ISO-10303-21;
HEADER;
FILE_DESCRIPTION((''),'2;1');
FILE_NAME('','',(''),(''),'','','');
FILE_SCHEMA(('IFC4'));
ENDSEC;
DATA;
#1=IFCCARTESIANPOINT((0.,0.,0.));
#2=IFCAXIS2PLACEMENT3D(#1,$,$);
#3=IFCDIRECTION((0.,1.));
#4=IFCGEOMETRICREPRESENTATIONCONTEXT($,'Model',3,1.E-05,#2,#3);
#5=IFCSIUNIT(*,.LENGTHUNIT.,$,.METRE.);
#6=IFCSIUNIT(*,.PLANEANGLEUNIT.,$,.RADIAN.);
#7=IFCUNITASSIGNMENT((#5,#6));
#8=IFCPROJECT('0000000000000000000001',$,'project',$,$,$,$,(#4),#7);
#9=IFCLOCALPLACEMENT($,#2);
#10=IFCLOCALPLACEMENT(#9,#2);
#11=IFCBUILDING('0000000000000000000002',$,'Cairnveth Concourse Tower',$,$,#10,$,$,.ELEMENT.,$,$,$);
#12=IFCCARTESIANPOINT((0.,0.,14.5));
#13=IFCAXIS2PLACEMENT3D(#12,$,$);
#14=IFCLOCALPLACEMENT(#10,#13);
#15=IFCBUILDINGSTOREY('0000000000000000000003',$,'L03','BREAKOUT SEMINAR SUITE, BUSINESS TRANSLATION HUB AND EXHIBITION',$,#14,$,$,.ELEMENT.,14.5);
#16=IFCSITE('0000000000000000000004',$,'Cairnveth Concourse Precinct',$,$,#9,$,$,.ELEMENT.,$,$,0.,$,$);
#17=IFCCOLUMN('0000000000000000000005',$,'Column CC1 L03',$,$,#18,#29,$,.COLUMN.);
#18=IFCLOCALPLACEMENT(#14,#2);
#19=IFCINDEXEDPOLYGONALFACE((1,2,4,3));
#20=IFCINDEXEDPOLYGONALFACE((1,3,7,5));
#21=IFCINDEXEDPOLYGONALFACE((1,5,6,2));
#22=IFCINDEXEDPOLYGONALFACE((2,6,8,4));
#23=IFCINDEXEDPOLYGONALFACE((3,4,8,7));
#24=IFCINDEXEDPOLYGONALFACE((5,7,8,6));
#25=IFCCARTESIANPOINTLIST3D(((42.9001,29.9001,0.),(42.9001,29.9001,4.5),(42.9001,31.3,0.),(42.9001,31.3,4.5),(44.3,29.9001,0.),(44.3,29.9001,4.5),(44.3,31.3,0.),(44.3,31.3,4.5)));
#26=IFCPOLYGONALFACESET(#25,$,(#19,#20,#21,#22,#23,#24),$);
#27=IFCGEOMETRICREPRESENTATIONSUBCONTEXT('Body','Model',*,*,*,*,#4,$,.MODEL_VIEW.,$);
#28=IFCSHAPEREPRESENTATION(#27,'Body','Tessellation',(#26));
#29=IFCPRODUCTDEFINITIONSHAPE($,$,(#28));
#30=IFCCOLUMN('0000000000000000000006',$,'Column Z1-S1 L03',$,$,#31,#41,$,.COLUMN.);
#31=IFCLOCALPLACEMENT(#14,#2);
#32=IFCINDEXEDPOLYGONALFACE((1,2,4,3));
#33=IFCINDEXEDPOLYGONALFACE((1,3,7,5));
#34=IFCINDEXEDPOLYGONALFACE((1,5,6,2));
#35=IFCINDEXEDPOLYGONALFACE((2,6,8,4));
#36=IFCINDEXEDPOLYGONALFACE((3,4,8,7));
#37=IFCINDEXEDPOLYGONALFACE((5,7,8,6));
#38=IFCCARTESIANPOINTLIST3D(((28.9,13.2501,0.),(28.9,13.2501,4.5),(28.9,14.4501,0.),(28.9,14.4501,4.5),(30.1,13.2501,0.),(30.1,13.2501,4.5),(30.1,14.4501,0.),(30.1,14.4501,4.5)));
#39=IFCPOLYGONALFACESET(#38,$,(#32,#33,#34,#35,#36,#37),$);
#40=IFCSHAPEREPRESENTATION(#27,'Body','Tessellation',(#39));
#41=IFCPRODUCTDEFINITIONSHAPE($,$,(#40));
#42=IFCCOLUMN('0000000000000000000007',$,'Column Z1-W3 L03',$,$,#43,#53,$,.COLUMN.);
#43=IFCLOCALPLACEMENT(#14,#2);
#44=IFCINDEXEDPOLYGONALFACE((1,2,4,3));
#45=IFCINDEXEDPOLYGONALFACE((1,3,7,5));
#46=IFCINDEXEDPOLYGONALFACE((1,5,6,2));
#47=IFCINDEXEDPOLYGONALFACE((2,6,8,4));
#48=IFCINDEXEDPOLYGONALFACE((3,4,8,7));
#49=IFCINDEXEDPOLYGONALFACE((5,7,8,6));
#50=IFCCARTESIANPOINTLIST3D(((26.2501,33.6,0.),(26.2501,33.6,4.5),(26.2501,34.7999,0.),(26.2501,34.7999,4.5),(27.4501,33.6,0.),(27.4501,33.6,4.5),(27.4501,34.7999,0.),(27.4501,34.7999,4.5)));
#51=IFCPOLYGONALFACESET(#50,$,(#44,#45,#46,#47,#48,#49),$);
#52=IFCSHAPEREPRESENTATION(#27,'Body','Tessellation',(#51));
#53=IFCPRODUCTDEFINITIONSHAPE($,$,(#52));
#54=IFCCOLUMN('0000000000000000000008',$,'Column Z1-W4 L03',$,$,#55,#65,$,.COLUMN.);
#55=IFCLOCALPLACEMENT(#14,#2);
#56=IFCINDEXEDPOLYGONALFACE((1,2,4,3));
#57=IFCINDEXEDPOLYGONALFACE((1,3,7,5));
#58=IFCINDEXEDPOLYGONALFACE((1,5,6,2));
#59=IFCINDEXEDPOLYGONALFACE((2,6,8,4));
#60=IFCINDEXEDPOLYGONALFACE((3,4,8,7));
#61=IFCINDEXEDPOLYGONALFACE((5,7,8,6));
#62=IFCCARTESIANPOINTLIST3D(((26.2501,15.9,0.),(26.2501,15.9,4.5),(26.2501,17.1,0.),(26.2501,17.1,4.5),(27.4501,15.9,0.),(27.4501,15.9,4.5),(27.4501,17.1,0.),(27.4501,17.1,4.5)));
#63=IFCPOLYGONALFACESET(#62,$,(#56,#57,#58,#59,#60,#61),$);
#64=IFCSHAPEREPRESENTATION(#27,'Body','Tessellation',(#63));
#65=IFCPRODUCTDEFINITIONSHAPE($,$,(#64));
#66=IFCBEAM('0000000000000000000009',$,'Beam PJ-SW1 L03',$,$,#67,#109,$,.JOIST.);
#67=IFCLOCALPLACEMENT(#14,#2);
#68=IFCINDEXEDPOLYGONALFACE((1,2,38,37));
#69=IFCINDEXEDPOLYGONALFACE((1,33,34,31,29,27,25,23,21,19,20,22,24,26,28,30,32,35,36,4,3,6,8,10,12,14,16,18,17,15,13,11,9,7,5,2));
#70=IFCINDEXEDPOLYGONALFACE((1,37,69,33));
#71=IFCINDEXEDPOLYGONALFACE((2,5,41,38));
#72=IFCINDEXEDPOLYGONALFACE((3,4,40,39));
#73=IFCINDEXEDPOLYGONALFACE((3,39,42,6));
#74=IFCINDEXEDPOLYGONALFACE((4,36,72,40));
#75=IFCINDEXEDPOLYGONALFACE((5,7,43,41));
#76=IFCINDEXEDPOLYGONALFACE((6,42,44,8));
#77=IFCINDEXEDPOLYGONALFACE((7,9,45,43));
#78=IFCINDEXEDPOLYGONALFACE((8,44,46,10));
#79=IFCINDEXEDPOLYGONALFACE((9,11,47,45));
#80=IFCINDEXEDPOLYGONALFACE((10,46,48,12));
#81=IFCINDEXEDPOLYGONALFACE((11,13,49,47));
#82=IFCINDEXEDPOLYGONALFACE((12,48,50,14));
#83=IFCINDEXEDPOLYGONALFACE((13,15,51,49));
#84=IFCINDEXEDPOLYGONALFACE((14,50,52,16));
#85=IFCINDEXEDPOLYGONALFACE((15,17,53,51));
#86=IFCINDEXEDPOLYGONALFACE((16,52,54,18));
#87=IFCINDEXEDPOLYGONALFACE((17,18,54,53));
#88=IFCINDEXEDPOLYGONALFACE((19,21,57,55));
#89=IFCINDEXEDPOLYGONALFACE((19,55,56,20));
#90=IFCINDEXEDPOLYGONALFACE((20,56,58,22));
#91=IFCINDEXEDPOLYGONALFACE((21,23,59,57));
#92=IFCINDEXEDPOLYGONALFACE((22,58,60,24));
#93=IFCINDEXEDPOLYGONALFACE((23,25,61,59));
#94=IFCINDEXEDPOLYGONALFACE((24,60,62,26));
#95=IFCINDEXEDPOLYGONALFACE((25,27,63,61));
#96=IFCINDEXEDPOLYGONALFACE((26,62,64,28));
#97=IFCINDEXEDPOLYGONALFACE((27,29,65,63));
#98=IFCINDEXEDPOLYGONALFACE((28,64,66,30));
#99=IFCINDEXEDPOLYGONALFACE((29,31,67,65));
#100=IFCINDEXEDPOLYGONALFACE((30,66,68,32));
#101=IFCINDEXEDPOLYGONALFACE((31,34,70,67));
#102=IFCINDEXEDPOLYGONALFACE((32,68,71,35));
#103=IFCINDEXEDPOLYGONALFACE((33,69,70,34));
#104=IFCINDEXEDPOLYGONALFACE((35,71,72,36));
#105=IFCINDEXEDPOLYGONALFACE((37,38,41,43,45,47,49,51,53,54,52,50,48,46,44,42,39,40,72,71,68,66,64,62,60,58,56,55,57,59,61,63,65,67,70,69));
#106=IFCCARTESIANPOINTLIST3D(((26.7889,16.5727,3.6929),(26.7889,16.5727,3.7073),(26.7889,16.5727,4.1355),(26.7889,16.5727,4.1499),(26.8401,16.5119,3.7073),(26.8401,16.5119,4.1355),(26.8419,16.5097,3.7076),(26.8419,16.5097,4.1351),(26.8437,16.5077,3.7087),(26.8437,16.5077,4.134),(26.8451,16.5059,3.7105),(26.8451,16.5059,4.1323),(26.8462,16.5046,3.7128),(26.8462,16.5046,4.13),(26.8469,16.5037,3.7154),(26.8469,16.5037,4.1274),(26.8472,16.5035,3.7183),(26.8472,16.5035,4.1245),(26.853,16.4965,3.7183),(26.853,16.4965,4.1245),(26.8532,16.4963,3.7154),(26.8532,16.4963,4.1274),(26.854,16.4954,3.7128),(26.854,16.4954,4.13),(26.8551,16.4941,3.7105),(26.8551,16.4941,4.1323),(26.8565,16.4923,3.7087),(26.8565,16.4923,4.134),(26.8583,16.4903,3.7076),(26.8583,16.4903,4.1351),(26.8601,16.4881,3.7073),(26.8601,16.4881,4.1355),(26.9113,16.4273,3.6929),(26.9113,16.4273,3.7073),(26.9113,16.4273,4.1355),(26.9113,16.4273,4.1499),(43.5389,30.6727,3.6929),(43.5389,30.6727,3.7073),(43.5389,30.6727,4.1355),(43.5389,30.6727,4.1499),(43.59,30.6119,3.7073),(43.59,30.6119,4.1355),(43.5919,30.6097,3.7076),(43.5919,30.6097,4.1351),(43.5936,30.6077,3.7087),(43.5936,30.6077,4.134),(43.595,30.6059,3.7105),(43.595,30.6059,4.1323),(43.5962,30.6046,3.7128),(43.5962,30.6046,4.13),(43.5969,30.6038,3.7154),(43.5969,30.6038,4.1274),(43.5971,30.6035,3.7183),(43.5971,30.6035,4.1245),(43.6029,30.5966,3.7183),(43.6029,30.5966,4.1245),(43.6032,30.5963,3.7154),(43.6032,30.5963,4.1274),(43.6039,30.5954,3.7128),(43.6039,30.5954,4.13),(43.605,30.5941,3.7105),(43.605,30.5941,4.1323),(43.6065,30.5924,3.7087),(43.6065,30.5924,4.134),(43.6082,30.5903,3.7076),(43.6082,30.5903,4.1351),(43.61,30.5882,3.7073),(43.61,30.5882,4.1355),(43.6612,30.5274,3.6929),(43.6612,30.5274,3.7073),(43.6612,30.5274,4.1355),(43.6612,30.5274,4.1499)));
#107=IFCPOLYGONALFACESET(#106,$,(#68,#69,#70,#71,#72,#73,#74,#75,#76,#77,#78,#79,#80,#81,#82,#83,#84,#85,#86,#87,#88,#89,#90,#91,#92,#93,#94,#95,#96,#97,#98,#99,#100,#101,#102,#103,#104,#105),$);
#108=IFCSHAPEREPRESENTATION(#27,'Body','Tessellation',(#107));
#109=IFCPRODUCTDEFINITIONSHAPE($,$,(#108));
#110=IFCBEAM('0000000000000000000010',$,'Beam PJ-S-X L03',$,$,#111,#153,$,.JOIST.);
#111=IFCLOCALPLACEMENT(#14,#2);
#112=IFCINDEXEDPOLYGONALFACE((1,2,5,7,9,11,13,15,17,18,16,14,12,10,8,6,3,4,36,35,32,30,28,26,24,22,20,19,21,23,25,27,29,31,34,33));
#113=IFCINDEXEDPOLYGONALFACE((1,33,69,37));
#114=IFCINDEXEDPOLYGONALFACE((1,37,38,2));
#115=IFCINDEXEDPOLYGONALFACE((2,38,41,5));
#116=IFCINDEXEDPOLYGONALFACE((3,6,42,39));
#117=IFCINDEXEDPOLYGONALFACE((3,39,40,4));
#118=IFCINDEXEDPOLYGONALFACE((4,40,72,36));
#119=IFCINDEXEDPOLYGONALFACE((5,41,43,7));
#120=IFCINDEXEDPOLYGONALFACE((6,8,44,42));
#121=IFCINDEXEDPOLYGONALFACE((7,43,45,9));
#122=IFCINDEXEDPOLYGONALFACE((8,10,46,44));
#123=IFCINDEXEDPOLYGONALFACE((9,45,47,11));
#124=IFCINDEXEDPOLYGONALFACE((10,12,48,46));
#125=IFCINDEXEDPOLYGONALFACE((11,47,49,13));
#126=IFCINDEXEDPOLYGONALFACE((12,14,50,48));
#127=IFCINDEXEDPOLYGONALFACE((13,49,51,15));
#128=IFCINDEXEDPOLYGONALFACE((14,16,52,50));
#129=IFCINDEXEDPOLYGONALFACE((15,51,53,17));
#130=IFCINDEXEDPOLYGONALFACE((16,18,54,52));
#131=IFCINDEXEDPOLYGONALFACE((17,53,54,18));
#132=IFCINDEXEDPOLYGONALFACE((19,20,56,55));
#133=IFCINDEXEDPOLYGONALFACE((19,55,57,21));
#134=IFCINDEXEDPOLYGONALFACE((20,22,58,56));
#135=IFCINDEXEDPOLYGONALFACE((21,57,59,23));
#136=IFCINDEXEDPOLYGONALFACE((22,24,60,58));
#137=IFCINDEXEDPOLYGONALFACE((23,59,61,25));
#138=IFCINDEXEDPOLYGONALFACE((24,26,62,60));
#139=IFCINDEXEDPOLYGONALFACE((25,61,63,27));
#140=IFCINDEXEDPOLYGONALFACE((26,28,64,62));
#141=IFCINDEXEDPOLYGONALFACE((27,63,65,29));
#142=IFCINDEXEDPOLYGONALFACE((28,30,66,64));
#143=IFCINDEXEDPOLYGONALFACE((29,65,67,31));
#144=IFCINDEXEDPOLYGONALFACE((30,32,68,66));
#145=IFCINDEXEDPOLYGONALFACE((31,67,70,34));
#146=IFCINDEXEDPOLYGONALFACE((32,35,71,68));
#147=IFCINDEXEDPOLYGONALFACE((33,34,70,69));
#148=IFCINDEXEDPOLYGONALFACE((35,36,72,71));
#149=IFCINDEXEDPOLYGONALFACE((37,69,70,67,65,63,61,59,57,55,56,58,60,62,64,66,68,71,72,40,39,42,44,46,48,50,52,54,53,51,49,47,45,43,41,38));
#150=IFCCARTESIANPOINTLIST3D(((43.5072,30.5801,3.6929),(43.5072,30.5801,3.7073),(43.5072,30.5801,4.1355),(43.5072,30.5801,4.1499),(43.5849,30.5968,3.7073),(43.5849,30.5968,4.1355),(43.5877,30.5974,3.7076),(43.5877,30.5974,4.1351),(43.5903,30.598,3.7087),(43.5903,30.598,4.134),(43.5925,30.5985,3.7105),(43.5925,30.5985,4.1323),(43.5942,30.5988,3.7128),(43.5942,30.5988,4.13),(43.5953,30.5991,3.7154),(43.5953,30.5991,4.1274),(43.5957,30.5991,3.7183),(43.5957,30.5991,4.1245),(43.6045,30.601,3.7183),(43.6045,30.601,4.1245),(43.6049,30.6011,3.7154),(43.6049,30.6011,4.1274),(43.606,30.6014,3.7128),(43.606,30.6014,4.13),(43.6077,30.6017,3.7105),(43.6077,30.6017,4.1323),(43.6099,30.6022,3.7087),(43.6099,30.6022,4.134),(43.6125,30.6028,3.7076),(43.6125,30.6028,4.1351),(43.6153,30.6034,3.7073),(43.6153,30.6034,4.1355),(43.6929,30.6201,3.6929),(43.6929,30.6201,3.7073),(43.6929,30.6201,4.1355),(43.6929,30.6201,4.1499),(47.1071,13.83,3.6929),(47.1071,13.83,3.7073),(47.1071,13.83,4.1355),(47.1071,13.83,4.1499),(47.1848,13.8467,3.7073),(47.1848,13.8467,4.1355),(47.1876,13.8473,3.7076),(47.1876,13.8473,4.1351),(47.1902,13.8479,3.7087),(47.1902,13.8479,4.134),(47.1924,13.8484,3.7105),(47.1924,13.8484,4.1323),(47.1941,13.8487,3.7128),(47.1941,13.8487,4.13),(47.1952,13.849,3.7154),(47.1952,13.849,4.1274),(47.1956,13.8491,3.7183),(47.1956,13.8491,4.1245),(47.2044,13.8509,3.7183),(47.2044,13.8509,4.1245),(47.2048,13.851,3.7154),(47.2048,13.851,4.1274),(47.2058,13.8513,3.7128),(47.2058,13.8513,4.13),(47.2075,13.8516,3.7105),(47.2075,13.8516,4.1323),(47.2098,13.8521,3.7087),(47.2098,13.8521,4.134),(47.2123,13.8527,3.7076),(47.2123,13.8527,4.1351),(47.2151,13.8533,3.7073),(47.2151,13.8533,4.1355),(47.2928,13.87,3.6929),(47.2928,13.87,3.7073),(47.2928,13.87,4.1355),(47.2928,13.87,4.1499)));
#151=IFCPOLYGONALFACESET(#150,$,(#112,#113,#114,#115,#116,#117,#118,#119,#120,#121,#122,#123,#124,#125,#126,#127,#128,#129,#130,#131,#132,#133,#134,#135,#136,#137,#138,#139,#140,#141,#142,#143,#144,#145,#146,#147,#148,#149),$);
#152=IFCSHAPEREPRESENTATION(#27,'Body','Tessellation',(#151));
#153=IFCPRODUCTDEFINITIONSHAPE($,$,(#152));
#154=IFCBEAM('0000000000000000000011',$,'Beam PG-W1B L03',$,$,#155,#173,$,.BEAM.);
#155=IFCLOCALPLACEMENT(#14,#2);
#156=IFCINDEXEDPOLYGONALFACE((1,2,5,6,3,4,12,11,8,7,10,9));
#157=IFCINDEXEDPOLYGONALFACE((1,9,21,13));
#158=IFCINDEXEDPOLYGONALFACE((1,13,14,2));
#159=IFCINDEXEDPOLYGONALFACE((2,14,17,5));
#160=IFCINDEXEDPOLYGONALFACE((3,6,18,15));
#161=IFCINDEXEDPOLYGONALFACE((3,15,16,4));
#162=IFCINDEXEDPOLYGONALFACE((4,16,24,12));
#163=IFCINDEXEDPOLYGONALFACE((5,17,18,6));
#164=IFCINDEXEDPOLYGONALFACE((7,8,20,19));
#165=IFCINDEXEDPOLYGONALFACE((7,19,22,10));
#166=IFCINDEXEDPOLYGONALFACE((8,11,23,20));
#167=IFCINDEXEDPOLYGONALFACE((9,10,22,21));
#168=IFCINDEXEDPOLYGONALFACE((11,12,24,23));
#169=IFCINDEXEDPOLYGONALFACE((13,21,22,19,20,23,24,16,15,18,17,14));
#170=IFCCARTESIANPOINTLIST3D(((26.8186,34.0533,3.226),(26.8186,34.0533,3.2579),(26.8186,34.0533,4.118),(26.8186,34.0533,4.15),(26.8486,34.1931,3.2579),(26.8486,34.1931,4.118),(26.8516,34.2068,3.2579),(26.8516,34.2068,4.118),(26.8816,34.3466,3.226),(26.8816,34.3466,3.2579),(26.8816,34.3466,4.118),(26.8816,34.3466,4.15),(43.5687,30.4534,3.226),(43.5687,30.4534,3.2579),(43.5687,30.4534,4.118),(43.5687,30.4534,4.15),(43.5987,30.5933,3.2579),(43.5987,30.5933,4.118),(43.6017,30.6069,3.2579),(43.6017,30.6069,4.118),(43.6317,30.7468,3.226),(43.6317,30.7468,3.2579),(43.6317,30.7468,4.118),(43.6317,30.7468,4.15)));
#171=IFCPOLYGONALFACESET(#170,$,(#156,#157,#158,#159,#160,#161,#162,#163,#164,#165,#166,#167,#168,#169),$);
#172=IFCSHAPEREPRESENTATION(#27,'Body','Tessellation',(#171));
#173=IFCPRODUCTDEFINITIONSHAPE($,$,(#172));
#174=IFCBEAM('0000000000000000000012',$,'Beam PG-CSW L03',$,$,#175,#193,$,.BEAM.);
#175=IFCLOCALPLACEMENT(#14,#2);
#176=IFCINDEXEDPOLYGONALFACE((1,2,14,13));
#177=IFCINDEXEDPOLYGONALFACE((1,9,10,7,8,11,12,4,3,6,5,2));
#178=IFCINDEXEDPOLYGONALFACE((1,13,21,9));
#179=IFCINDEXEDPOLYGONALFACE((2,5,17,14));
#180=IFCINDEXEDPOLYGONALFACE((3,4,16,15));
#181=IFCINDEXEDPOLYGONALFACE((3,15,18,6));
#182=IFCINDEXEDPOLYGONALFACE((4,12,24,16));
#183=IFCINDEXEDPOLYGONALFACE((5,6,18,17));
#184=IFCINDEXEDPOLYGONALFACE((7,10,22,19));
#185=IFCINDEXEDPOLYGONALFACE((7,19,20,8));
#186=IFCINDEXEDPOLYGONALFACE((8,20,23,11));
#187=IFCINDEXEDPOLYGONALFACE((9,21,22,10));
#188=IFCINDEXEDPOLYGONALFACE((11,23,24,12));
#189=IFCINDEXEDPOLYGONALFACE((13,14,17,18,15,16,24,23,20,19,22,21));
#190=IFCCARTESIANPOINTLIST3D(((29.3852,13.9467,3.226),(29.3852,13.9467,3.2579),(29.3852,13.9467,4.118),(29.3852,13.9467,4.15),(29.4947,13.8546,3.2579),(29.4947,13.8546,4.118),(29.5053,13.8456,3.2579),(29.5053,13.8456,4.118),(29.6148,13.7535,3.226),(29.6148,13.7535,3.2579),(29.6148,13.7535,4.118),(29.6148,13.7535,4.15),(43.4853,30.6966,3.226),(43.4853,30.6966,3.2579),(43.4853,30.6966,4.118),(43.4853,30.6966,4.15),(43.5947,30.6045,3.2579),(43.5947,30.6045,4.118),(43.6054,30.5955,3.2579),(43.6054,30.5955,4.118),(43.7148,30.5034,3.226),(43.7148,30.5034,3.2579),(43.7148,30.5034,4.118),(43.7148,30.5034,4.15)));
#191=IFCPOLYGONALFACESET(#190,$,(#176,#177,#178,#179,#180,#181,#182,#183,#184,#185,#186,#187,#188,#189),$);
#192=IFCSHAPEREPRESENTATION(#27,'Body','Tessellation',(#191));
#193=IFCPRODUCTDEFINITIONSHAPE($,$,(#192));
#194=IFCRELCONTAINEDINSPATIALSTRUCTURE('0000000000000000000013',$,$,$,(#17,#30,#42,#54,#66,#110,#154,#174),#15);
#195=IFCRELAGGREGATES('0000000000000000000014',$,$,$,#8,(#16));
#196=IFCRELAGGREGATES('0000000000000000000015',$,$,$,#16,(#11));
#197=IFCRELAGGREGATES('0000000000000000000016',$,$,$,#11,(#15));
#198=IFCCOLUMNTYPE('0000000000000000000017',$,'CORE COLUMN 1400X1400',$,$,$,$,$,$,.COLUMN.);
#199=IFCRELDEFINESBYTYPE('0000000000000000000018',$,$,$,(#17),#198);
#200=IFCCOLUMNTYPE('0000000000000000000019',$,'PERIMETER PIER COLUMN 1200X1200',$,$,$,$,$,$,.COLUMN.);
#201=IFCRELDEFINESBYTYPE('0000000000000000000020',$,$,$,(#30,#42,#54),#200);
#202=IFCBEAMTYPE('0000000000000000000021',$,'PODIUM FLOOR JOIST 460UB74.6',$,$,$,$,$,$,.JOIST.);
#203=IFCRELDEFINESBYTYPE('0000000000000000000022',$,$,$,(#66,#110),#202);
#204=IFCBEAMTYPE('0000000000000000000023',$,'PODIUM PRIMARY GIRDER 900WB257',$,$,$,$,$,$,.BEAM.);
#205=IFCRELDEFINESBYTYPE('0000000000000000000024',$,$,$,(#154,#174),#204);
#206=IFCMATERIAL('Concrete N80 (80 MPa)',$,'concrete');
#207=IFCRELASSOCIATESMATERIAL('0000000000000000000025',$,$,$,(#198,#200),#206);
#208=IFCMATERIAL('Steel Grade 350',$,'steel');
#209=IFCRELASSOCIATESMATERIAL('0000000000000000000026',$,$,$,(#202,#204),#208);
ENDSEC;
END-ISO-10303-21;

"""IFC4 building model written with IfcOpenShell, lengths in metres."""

from ifc_helpers import new_model, si_unit, direction, frame, origin, origin_2d, place, context, subcontext, project, spatial, rectangle, i_section, extrude, material, material_profile, profile_set, type_object, element, save


model = new_model("IFC4")

# Units and contexts
model_context = context("Model", 3, precision=1e-05, world=origin(), true_north=direction((0.0, 1.0)))
body_context = subcontext(model_context, "Body", "Model", "MODEL_VIEW")
ifc_project = project(units=[si_unit("LENGTHUNIT", "METRE"), si_unit("PLANEANGLEUNIT", "RADIAN")], contexts=[model_context])

# Site, building, storey
site_placement = place(None, origin())
site = spatial("IfcSite", under=ifc_project, at=site_placement, Name="Cairnveth Concourse Precinct", CompositionType="ELEMENT", RefElevation=0.0)
building_placement = place(site_placement, origin())
building = spatial("IfcBuilding", under=site, at=building_placement, Name="Cairnveth Concourse Tower", CompositionType="ELEMENT")
storey_placement = place(building_placement, frame((0.0, 0.0, 14.5)))
storey = spatial("IfcBuildingStorey", under=building, at=storey_placement, Name="L03", Description="BREAKOUT SEMINAR SUITE, BUSINESS TRANSLATION HUB AND EXHIBITION", CompositionType="ELEMENT", Elevation=14.5)

# Columns
ifc_material_1 = material(Name="Concrete N80 (80 MPa)", Category="concrete")
ifc_material_profile_1 = material_profile(ifc_material_1, rectangle(XDim=1.3999, YDim=1.3999, at=origin_2d()), Name="RC-COL-1400x1400")
ifc_profile_set_1 = profile_set([ifc_material_profile_1], Name="Concrete N80 (80 MPa)")
column_type_1 = type_object("IfcColumnType", Name="CORE COLUMN 1400X1400", PredefinedType="COLUMN", material=ifc_profile_set_1)
column_placement = place(storey_placement, frame((43.6001, 30.6001, 0.0), z_axis=(0.0, 0.0, 1.0), x_axis=(1.0, 0.0, 0.0)))
element("IfcColumn", 1, at=column_placement, inside=storey, type_object=column_type_1, Name="Column CC1 L03", PredefinedType="COLUMN", context=body_context, shape_type="SweptSolid", body=[
    extrude(rectangle(XDim=1.3999, YDim=1.3999, at=origin_2d()), origin(), (0.0, 0.0, 1.0), 4.5),
])
ifc_material_profile_2 = material_profile(ifc_material_1, rectangle(XDim=1.2, YDim=1.2, at=origin_2d()), Name="RC-COL-1200x1200")
ifc_profile_set_2 = profile_set([ifc_material_profile_2], Name="Concrete N80 (80 MPa)")
column_type_2 = type_object("IfcColumnType", Name="PERIMETER PIER COLUMN 1200X1200", PredefinedType="COLUMN", material=ifc_profile_set_2)
for number, where, z_axis, x_axis, name in (
    (2, (29.5, 13.8501, 0.0), (0.0, 0.0, 1.0), (1.0, 0.0, 0.0), "Column Z1-S1 L03"),
    (3, (26.8501, 34.2, 0.0), (0.0, 0.0, 1.0), (1.0, 0.0, 0.0), "Column Z1-W3 L03"),
    (4, (26.8501, 16.5, 0.0), (0.0, 0.0, 1.0), (1.0, 0.0, 0.0), "Column Z1-W4 L03"),
):
    element("IfcColumn", number, at=place(storey_placement, frame(where, z_axis=z_axis, x_axis=x_axis)), inside=storey, type_object=column_type_2, Name=name, PredefinedType="COLUMN", context=body_context, shape_type="SweptSolid", body=[
        extrude(rectangle(XDim=1.2, YDim=1.2, at=origin_2d()), origin(), (0.0, 0.0, 1.0), 4.5),
    ])

# Beams
ifc_material_2 = material(Name="Steel Grade 350", Category="steel")
ifc_material_profile_3 = material_profile(ifc_material_2, i_section(OverallWidth=0.1899, OverallDepth=0.457, WebThickness=0.009, FlangeThickness=0.0144, FilletRadius=0.011, at=origin_2d()), Name="460UB74.6")
ifc_profile_set_3 = profile_set([ifc_material_profile_3], Name="Steel Grade 350")
beam_type_1 = type_object("IfcBeamType", Name="PODIUM FLOOR JOIST 460UB74.6", PredefinedType="JOIST", material=ifc_profile_set_3)
beam_1_placement = place(storey_placement, frame((26.8501, 16.5, 3.9214), z_axis=(0.765027, 0.643998, 0.0), x_axis=(-0.643998, 0.765027, 0.0)))
element("IfcBeam", 5, at=beam_1_placement, inside=storey, type_object=beam_type_1, Name="Beam PJ-SW1 L03", PredefinedType="JOIST", context=body_context, shape_type="SweptSolid", body=[
    extrude(i_section(OverallWidth=0.1899, OverallDepth=0.457, WebThickness=0.009, FlangeThickness=0.0144, FilletRadius=0.011, at=origin_2d()), origin(), (0.0, 0.0, 1.0), 21.8945),
])
beam_2_placement = place(storey_placement, frame((43.6001, 30.6001, 3.9214), z_axis=(0.210119, -0.977676, 0.0), x_axis=(0.977676, 0.210119, 0.0)))
element("IfcBeam", 6, at=beam_2_placement, inside=storey, type_object=beam_type_1, Name="Beam PJ-S-X L03", PredefinedType="JOIST", context=body_context, shape_type="SweptSolid", body=[
    extrude(i_section(OverallWidth=0.1899, OverallDepth=0.457, WebThickness=0.009, FlangeThickness=0.0144, FilletRadius=0.011, at=origin_2d()), origin(), (0.0, 0.0, 1.0), 17.1326),
])
ifc_material_profile_4 = material_profile(ifc_material_2, i_section(OverallWidth=0.3, OverallDepth=0.9241, WebThickness=0.0139, FlangeThickness=0.032, at=origin_2d()), Name="900WB257")
ifc_profile_set_4 = profile_set([ifc_material_profile_4], Name="Steel Grade 350")
beam_type_2 = type_object("IfcBeamType", Name="PODIUM PRIMARY GIRDER 900WB257", PredefinedType="BEAM", material=ifc_profile_set_4)
beam_3_placement = place(storey_placement, frame((26.8501, 34.2, 3.688), z_axis=(0.977676, -0.210119, 0.0), x_axis=(0.210119, 0.977676, 0.0)))
element("IfcBeam", 7, at=beam_3_placement, inside=storey, type_object=beam_type_2, Name="Beam PG-W1B L03", PredefinedType="BEAM", context=body_context, shape_type="SweptSolid", body=[
    extrude(i_section(OverallWidth=0.3, OverallDepth=0.9241, WebThickness=0.0139, FlangeThickness=0.032, at=origin_2d()), origin(), (0.0, 0.0, 1.0), 17.1326),
])
beam_4_placement = place(storey_placement, frame((29.5, 13.8501, 3.688), z_axis=(0.643998, 0.765027, 0.0), x_axis=(-0.765027, 0.643998, 0.0)))
element("IfcBeam", 8, at=beam_4_placement, inside=storey, type_object=beam_type_2, Name="Beam PG-CSW L03", PredefinedType="BEAM", context=body_context, shape_type="SweptSolid", body=[
    extrude(i_section(OverallWidth=0.3, OverallDepth=0.9241, WebThickness=0.0139, FlangeThickness=0.032, at=origin_2d()), origin(), (0.0, 0.0, 1.0), 21.8945),
])

save(model, "model.ifc")
